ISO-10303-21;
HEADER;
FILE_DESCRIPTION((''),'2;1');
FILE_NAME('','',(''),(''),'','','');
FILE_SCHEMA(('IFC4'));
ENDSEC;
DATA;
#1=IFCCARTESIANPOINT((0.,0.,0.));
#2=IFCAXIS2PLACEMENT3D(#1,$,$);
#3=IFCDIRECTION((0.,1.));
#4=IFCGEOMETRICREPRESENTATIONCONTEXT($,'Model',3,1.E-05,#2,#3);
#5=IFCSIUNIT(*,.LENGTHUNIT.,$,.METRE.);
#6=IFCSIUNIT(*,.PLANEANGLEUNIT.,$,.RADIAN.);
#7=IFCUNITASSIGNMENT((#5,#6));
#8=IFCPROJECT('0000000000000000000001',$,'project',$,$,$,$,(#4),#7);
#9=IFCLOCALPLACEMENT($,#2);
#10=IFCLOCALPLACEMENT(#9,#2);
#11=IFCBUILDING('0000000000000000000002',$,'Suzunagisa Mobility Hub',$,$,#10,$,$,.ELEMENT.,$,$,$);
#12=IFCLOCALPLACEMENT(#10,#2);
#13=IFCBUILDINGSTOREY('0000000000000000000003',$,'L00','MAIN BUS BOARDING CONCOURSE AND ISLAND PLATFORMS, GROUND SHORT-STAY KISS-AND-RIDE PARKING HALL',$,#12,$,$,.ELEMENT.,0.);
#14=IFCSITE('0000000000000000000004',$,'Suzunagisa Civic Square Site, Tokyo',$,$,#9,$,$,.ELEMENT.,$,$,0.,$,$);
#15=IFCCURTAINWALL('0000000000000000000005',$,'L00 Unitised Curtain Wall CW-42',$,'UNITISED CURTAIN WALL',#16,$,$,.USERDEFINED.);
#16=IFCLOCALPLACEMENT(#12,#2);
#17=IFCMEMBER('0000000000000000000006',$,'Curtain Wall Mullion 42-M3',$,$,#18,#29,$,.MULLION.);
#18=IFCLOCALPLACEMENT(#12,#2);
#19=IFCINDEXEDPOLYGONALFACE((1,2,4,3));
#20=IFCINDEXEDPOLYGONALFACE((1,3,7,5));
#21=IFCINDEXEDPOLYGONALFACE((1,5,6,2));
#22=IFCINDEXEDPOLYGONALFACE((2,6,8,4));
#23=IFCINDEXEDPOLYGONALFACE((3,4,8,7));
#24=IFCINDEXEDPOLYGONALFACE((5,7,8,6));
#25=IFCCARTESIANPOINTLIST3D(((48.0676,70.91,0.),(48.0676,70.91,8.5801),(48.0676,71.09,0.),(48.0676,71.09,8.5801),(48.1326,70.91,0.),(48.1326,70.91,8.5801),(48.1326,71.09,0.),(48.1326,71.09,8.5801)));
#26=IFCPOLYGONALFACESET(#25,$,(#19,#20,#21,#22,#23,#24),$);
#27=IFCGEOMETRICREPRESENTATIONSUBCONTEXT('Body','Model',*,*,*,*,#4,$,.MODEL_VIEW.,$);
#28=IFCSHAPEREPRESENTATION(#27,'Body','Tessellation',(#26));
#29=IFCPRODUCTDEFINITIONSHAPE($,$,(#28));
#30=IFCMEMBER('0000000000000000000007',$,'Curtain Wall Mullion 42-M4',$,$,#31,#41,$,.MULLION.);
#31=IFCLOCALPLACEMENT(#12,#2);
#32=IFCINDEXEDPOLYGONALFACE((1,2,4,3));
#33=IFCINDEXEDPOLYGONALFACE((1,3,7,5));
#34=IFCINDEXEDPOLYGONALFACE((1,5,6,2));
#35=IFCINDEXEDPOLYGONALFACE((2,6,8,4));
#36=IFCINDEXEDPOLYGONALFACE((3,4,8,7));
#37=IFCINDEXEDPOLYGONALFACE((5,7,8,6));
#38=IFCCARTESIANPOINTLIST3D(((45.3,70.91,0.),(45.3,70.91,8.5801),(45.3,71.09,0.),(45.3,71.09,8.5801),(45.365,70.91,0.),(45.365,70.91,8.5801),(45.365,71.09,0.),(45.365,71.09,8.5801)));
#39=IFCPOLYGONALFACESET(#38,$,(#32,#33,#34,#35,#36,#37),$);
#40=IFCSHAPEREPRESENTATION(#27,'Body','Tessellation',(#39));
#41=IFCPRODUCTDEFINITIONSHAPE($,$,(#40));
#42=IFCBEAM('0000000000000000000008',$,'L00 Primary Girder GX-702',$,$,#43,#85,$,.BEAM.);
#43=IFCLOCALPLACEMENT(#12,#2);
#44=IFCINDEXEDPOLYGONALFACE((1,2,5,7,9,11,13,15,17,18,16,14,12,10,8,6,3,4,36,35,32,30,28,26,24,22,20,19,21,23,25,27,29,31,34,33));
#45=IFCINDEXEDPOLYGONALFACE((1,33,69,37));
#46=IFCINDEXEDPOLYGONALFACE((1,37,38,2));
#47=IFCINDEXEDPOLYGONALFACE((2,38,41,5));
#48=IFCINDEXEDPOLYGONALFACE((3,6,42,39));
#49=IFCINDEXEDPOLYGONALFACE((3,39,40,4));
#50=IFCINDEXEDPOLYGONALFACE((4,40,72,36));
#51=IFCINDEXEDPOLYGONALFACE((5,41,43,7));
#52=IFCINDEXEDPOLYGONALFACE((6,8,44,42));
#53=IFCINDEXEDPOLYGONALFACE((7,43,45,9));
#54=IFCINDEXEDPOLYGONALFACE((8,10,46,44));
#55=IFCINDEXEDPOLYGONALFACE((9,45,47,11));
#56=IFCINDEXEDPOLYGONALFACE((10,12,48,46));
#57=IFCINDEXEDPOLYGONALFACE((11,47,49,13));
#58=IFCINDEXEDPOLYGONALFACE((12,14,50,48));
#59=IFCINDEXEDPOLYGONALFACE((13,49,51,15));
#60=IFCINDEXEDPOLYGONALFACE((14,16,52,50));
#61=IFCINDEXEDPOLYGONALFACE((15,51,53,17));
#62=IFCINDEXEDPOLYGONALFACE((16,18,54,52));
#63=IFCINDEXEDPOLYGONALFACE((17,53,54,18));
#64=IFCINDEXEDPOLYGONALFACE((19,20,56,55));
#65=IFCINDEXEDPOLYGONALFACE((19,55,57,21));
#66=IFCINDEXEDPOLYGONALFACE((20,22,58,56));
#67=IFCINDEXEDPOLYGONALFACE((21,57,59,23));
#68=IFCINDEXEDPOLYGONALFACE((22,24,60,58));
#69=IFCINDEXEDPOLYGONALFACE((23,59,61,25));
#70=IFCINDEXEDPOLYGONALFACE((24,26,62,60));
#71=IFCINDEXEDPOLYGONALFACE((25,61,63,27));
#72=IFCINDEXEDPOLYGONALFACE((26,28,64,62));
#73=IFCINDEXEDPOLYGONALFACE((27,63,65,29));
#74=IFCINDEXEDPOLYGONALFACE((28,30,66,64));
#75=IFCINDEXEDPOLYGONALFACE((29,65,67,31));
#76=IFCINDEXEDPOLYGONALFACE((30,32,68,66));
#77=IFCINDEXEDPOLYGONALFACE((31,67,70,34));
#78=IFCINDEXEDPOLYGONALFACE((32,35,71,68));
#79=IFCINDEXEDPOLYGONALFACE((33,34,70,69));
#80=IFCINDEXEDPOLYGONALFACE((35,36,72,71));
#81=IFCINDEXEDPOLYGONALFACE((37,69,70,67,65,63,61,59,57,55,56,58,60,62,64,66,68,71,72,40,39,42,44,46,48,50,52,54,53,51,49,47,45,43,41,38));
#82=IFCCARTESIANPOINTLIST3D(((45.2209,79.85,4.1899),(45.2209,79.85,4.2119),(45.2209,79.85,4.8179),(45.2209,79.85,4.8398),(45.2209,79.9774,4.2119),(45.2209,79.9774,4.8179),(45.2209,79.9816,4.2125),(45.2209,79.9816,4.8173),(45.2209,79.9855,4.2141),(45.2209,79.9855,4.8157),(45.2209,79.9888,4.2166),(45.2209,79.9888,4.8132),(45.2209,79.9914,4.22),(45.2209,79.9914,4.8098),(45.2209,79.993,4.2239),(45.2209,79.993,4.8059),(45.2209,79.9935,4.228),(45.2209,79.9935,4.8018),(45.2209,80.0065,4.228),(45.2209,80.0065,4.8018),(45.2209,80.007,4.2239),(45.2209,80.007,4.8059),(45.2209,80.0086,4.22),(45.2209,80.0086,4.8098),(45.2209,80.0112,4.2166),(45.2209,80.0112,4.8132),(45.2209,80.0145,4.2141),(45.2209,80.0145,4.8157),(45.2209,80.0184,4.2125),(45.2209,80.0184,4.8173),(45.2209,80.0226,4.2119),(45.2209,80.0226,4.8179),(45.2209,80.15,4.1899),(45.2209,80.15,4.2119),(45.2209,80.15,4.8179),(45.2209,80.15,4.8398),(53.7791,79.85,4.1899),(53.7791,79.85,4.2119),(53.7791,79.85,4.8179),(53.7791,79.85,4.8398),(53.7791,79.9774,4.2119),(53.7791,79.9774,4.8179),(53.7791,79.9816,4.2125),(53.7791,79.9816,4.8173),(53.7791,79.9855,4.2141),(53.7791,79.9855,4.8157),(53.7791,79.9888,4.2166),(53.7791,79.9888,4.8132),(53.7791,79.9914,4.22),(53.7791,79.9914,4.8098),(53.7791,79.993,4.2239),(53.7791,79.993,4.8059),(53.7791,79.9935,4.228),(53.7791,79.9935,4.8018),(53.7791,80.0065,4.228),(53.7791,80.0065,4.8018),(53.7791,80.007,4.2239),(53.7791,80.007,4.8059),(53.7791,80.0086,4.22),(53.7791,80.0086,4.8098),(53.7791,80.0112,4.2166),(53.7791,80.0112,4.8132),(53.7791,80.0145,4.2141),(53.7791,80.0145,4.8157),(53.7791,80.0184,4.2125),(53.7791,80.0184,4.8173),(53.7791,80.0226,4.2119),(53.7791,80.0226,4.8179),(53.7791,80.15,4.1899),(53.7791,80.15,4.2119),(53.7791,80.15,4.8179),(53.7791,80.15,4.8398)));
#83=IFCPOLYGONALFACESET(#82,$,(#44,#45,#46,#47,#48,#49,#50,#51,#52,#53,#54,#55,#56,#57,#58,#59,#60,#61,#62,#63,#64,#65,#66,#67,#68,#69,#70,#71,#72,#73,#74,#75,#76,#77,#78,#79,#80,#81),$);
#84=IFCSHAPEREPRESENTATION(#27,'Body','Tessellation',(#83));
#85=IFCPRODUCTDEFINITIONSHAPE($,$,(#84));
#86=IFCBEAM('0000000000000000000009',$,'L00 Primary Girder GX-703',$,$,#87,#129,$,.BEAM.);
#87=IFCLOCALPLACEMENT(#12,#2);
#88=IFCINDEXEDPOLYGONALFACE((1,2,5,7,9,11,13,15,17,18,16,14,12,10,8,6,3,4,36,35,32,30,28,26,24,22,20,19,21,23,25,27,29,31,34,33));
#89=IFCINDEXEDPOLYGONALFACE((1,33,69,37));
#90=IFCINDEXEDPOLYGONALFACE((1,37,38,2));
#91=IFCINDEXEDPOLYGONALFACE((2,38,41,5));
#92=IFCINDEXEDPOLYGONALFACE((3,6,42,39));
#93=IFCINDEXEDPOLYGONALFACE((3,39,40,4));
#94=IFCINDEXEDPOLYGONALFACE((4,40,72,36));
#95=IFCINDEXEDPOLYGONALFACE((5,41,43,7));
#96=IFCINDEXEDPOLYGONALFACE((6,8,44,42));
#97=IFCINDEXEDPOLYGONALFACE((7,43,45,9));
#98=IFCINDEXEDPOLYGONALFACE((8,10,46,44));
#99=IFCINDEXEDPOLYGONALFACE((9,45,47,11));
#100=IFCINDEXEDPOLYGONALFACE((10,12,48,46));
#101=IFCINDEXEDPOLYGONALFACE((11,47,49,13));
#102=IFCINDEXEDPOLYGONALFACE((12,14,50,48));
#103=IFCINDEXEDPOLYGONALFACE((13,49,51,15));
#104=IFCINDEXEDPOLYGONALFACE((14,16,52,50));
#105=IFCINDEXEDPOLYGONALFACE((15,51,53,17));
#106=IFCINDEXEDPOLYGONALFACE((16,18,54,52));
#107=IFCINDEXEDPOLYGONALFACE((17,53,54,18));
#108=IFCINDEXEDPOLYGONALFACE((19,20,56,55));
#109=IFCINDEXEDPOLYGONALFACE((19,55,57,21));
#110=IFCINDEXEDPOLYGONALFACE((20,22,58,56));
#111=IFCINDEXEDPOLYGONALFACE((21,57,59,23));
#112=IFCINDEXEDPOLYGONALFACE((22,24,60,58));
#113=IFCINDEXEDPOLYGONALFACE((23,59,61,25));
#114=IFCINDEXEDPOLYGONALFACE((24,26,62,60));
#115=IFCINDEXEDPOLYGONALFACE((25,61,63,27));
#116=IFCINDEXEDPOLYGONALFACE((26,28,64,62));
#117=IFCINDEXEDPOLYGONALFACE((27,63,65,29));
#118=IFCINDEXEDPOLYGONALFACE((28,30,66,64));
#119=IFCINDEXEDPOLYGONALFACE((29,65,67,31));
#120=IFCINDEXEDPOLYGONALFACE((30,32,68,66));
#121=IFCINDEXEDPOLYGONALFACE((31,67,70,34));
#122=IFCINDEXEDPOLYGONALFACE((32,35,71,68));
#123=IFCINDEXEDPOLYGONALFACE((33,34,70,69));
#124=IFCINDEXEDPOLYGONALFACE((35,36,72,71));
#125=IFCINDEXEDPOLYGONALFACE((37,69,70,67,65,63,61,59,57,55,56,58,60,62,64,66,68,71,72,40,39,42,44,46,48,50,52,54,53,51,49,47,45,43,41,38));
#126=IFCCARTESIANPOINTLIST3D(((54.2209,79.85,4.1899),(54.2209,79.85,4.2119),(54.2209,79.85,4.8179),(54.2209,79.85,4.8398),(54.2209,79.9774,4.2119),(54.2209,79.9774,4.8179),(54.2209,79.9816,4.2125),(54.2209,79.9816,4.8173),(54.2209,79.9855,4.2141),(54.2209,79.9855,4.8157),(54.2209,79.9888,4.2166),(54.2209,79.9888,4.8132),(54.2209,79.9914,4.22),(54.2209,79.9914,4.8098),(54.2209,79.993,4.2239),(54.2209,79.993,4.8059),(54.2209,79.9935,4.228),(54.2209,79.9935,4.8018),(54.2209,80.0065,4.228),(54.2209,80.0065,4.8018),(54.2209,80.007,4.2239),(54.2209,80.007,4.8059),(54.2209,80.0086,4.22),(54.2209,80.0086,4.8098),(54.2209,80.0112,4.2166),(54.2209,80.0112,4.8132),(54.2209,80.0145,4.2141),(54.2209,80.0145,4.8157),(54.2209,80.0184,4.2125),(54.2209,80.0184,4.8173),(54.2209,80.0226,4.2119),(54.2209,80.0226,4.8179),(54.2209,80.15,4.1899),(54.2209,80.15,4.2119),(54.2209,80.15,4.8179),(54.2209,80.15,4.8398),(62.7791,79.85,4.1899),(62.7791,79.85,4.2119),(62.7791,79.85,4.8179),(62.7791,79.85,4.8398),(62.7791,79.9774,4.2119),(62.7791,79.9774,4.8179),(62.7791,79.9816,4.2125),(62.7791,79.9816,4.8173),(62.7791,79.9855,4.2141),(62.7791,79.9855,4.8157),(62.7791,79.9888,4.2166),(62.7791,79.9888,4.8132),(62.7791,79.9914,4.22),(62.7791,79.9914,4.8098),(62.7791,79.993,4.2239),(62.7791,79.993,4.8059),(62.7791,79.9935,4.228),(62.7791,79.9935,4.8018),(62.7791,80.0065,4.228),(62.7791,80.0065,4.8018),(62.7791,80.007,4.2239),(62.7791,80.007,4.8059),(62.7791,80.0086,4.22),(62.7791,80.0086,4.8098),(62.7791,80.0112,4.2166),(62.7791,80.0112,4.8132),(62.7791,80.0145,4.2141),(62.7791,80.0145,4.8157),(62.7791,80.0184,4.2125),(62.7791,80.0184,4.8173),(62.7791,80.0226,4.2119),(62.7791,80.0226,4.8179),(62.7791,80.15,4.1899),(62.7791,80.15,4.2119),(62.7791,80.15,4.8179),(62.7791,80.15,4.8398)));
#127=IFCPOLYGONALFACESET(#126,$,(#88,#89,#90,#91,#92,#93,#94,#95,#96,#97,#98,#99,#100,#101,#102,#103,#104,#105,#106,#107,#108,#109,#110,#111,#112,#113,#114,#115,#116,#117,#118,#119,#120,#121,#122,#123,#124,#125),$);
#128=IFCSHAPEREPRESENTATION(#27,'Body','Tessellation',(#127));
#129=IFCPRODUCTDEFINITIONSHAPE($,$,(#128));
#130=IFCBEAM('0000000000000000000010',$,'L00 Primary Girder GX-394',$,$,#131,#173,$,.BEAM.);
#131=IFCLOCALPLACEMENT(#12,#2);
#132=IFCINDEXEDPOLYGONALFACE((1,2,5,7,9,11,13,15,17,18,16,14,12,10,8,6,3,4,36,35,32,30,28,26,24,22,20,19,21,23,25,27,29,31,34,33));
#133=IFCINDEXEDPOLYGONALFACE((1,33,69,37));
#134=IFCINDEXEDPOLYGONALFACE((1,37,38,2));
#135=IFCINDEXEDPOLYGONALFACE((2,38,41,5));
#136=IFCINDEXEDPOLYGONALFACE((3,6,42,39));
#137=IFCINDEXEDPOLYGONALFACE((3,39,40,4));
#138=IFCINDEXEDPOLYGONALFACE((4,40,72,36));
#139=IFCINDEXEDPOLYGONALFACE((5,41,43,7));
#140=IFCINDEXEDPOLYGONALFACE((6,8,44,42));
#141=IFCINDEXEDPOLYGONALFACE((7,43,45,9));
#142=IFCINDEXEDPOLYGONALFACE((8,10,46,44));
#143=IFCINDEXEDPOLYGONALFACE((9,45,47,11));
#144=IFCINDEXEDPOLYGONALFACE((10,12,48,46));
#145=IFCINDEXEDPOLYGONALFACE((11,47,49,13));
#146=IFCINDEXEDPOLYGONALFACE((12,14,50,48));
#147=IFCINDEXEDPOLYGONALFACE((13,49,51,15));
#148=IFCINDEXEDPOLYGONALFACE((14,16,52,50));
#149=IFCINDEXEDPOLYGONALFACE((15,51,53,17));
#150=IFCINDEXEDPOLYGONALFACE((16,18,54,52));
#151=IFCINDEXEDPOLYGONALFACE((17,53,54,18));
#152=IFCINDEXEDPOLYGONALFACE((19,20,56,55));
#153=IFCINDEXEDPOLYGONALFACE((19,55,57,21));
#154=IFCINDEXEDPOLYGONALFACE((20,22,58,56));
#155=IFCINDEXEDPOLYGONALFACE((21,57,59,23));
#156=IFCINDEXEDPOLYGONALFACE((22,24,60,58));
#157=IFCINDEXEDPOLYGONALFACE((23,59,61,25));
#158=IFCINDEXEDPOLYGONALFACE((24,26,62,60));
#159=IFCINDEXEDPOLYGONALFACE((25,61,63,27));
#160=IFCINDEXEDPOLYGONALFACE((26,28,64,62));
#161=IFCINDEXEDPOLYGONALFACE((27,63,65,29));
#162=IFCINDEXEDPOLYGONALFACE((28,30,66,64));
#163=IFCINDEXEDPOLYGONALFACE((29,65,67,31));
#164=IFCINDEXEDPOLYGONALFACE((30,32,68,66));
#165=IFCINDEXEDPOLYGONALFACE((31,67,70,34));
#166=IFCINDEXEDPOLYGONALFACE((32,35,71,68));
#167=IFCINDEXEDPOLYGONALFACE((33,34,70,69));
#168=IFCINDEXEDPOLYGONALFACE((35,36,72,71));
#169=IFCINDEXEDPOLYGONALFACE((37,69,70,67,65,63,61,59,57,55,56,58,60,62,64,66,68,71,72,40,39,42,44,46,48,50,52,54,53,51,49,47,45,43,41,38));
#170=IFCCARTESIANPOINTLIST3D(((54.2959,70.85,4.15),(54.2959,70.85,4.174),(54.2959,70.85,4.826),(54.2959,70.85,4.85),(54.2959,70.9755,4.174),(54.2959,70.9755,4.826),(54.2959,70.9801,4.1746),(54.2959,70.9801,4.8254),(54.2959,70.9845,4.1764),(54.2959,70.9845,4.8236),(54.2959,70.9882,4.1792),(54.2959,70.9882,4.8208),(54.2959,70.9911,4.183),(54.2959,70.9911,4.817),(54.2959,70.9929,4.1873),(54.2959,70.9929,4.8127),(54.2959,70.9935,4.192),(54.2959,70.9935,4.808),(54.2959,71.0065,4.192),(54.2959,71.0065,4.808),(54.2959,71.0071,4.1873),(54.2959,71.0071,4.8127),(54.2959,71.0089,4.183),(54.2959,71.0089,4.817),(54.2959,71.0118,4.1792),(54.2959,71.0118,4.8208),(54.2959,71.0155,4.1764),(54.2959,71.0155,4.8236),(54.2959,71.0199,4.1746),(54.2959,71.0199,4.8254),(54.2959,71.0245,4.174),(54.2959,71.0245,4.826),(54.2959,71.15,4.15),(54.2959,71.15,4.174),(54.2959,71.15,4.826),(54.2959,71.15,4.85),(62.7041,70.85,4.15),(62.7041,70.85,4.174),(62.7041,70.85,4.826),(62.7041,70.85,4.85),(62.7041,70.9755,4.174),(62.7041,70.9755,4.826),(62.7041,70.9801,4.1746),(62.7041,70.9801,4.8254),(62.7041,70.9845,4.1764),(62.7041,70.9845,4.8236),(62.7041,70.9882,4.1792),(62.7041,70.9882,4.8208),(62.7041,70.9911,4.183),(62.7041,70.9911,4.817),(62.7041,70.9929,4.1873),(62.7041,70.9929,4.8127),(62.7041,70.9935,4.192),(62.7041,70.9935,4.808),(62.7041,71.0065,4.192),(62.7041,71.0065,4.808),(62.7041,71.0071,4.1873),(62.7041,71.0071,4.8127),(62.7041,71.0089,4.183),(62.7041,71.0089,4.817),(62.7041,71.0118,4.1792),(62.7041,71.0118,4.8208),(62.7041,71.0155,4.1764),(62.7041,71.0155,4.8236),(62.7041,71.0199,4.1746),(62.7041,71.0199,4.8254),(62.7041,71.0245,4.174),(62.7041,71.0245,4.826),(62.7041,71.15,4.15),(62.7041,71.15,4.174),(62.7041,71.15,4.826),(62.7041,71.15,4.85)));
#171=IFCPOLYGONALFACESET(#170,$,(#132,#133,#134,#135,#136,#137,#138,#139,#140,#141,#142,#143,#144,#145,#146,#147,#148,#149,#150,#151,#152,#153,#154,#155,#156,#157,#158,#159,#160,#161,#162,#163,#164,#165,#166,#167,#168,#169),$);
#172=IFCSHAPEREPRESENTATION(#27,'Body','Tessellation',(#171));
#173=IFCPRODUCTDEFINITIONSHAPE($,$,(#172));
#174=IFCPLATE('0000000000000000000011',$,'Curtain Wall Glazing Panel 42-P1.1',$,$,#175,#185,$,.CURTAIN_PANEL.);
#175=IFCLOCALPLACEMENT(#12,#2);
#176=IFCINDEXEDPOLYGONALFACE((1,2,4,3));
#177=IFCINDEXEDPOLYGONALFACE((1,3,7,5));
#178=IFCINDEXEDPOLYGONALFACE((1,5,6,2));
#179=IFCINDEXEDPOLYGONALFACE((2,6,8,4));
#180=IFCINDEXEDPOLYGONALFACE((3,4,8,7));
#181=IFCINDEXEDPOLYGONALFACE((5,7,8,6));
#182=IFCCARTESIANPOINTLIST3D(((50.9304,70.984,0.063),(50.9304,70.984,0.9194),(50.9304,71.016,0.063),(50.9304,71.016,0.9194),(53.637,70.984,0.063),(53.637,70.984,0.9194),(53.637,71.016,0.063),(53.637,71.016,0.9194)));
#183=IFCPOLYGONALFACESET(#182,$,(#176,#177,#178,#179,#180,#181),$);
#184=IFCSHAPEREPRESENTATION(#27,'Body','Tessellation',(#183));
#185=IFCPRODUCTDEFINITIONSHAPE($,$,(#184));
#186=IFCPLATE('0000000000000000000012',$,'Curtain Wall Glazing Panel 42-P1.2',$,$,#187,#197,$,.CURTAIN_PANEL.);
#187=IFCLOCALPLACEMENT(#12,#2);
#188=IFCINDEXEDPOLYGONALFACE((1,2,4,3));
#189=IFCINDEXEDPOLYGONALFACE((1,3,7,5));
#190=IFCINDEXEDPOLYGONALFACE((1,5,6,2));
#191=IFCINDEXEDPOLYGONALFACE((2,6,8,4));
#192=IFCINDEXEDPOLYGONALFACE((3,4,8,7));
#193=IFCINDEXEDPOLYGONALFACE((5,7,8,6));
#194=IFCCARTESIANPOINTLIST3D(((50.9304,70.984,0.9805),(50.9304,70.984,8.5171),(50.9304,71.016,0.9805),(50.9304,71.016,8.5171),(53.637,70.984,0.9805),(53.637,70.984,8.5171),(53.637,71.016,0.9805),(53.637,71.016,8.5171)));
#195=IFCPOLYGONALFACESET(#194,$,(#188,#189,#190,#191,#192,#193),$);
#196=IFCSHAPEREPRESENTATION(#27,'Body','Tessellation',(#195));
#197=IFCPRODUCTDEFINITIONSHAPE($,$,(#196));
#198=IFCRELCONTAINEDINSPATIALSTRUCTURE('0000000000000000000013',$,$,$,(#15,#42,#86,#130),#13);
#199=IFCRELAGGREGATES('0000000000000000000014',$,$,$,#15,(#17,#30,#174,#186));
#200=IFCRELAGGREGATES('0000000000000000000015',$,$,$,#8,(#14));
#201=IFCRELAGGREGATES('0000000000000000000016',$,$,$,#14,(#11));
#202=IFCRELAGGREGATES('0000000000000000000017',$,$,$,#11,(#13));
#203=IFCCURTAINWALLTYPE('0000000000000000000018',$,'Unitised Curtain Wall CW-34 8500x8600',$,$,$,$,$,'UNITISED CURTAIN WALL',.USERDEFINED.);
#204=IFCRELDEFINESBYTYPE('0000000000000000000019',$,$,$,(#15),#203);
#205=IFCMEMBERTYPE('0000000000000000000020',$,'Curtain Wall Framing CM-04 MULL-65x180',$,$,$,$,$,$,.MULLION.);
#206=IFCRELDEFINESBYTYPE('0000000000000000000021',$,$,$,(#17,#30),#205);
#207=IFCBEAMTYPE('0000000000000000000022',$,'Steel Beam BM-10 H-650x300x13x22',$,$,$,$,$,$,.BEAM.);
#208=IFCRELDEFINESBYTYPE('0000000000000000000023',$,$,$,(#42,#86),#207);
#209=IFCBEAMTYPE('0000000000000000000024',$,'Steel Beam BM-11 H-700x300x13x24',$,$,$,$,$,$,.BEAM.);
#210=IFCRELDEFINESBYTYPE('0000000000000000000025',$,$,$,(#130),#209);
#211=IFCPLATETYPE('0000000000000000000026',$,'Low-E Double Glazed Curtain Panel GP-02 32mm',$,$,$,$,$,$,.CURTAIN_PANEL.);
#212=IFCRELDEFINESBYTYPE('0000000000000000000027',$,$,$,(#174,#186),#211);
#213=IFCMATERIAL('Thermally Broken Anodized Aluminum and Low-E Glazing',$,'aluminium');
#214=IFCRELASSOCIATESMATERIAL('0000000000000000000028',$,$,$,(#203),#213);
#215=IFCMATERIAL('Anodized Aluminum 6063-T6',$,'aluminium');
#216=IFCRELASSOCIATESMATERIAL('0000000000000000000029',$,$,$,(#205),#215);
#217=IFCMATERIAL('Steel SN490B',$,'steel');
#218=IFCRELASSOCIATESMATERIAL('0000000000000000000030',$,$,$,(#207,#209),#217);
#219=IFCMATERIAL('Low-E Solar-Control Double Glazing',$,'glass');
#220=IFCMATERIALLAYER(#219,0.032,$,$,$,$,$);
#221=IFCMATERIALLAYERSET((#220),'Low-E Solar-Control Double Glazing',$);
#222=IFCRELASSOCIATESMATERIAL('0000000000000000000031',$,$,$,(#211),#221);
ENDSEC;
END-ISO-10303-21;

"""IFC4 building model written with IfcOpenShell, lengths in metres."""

from ifc_helpers import new_model, si_unit, direction, frame, origin, origin_2d, place, context, subcontext, project, spatial, rectangle, i_section, extrude, material, layer, layer_set, material_profile, profile_set, type_object, element, aggregate, save


model = new_model("IFC4")

# Units and contexts
model_context = context("Model", 3, precision=1e-05, world=origin(), true_north=direction((0.0, 1.0)))
body_context = subcontext(model_context, "Body", "Model", "MODEL_VIEW")
ifc_project = project(units=[si_unit("LENGTHUNIT", "METRE"), si_unit("PLANEANGLEUNIT", "RADIAN")], contexts=[model_context])

# Site, building, storey
site_placement = place(None, origin())
site = spatial("IfcSite", under=ifc_project, at=site_placement, Name="Suzunagisa Civic Square Site, Tokyo", CompositionType="ELEMENT", RefElevation=0.0)
building_placement = place(site_placement, origin())
building = spatial("IfcBuilding", under=site, at=building_placement, Name="Suzunagisa Mobility Hub", CompositionType="ELEMENT")
storey_placement = place(building_placement, origin())
storey = spatial("IfcBuildingStorey", under=building, at=storey_placement, Name="L00", Description="MAIN BUS BOARDING CONCOURSE AND ISLAND PLATFORMS, GROUND SHORT-STAY KISS-AND-RIDE PARKING HALL", CompositionType="ELEMENT", Elevation=0.0)

# Shared definitions
ifc_material_1 = material(Name="Steel SN490B", Category="steel")

# Curtain wall, members
ifc_material_2 = material(Name="Thermally Broken Anodized Aluminum and Low-E Glazing", Category="aluminium")
curtain_wall_type = type_object("IfcCurtainWallType", Name="Unitised Curtain Wall CW-34 8500x8600", ElementType="UNITISED CURTAIN WALL", PredefinedType="USERDEFINED", material=ifc_material_2)
curtain_wall_placement = place(storey_placement, origin())
curtain_wall = element("IfcCurtainWall", 1, at=curtain_wall_placement, inside=storey, type_object=curtain_wall_type, Name="L00 Unitised Curtain Wall CW-42", ObjectType="UNITISED CURTAIN WALL", PredefinedType="USERDEFINED")
ifc_material_3 = material(Name="Anodized Aluminum 6063-T6", Category="aluminium")
ifc_material_profile_1 = material_profile(ifc_material_3, rectangle(XDim=0.0649, YDim=0.1799, at=origin_2d()), Name="MULL-65x180")
ifc_profile_set_1 = profile_set([ifc_material_profile_1], Name="Anodized Aluminum 6063-T6")
member_type_1 = type_object("IfcMemberType", Name="Curtain Wall Framing CM-04 MULL-65x180", PredefinedType="MULLION", material=ifc_profile_set_1)
member_1_placement = place(storey_placement, frame((48.1001, 71.0, 0.0), z_axis=(0.0, 0.0, 1.0), x_axis=(-1.0, 0.0, 0.0)))
member_1 = element("IfcMember", 2, at=member_1_placement, type_object=member_type_1, Name="Curtain Wall Mullion 42-M3", PredefinedType="MULLION", context=body_context, shape_type="SweptSolid", body=[
    extrude(rectangle(XDim=0.0649, YDim=0.1799, at=origin_2d()), origin(), (0.0, 0.0, 1.0), 8.5801),
])
member_2_placement = place(storey_placement, frame((45.3325, 71.0, 0.0), z_axis=(0.0, 0.0, 1.0), x_axis=(-1.0, 0.0, 0.0)))
member_2 = element("IfcMember", 3, at=member_2_placement, type_object=member_type_1, Name="Curtain Wall Mullion 42-M4", PredefinedType="MULLION", context=body_context, shape_type="SweptSolid", body=[
    extrude(rectangle(XDim=0.0649, YDim=0.1799, at=origin_2d()), origin(), (0.0, 0.0, 1.0), 8.5801),
])

# Beams
ifc_material_profile_2 = material_profile(ifc_material_1, i_section(OverallWidth=0.3, OverallDepth=0.6499, WebThickness=0.0129, FlangeThickness=0.022, FilletRadius=0.0161, at=origin_2d()), Name="H-650x300x13x22")
ifc_profile_set_2 = profile_set([ifc_material_profile_2], Name="Steel SN490B")
beam_type_1 = type_object("IfcBeamType", Name="Steel Beam BM-10 H-650x300x13x22", PredefinedType="BEAM", material=ifc_profile_set_2)
for number, where, z_axis, x_axis, name in (
    (4, (45.2209, 80.0, 4.5149), (1.0, 0.0, 0.0), (0.0, 1.0, 0.0), "L00 Primary Girder GX-702"),
    (5, (54.2209, 80.0, 4.5149), (1.0, 0.0, 0.0), (0.0, 1.0, 0.0), "L00 Primary Girder GX-703"),
):
    element("IfcBeam", number, at=place(storey_placement, frame(where, z_axis=z_axis, x_axis=x_axis)), inside=storey, type_object=beam_type_1, Name=name, PredefinedType="BEAM", context=body_context, shape_type="SweptSolid", body=[
        extrude(i_section(OverallWidth=0.3, OverallDepth=0.6499, WebThickness=0.0129, FlangeThickness=0.022, FilletRadius=0.0161, at=origin_2d()), origin(), (0.0, 0.0, 1.0), 8.5581),
    ])
ifc_material_profile_3 = material_profile(ifc_material_1, i_section(OverallWidth=0.3, OverallDepth=0.7, WebThickness=0.0129, FlangeThickness=0.0239, FilletRadius=0.0181, at=origin_2d()), Name="H-700x300x13x24")
ifc_profile_set_3 = profile_set([ifc_material_profile_3], Name="Steel SN490B")
beam_type_2 = type_object("IfcBeamType", Name="Steel Beam BM-11 H-700x300x13x24", PredefinedType="BEAM", material=ifc_profile_set_3)
beam_placement = place(storey_placement, frame((54.2959, 71.0, 4.5), z_axis=(1.0, 0.0, 0.0), x_axis=(0.0, 1.0, 0.0)))
element("IfcBeam", 6, at=beam_placement, inside=storey, type_object=beam_type_2, Name="L00 Primary Girder GX-394", PredefinedType="BEAM", context=body_context, shape_type="SweptSolid", body=[
    extrude(i_section(OverallWidth=0.3, OverallDepth=0.7, WebThickness=0.0129, FlangeThickness=0.0239, FilletRadius=0.0181, at=origin_2d()), origin(), (0.0, 0.0, 1.0), 8.4082),
])

# Plates
ifc_material_4 = material(Name="Low-E Solar-Control Double Glazing", Category="glass")
ifc_layer_1 = layer(ifc_material_4, 0.032)
ifc_layer_set_1 = layer_set([ifc_layer_1], Name="Low-E Solar-Control Double Glazing")
plate_type = type_object("IfcPlateType", Name="Low-E Double Glazed Curtain Panel GP-02 32mm", PredefinedType="CURTAIN_PANEL", material=ifc_layer_set_1)
plate_1_placement = place(storey_placement, frame((52.2837, 71.0, 0.063), z_axis=(0.0, 0.0, 1.0), x_axis=(-1.0, 0.0, 0.0)))
plate_1 = element("IfcPlate", 7, at=plate_1_placement, type_object=plate_type, Name="Curtain Wall Glazing Panel 42-P1.1", PredefinedType="CURTAIN_PANEL", context=body_context, shape_type="SweptSolid", body=[
    extrude(rectangle(XDim=2.7065, YDim=0.032, at=origin_2d()), origin(), (0.0, 0.0, 1.0), 0.8564),
])
plate_2_placement = place(storey_placement, frame((52.2837, 71.0, 0.9805), z_axis=(0.0, 0.0, 1.0), x_axis=(-1.0, 0.0, 0.0)))
plate_2 = element("IfcPlate", 8, at=plate_2_placement, type_object=plate_type, Name="Curtain Wall Glazing Panel 42-P1.2", PredefinedType="CURTAIN_PANEL", context=body_context, shape_type="SweptSolid", body=[
    extrude(rectangle(XDim=2.7065, YDim=0.032, at=origin_2d()), origin(), (0.0, 0.0, 1.0), 7.5366),
])
aggregate(curtain_wall, [member_1, member_2, plate_1, plate_2])

save(model, "model.ifc")
